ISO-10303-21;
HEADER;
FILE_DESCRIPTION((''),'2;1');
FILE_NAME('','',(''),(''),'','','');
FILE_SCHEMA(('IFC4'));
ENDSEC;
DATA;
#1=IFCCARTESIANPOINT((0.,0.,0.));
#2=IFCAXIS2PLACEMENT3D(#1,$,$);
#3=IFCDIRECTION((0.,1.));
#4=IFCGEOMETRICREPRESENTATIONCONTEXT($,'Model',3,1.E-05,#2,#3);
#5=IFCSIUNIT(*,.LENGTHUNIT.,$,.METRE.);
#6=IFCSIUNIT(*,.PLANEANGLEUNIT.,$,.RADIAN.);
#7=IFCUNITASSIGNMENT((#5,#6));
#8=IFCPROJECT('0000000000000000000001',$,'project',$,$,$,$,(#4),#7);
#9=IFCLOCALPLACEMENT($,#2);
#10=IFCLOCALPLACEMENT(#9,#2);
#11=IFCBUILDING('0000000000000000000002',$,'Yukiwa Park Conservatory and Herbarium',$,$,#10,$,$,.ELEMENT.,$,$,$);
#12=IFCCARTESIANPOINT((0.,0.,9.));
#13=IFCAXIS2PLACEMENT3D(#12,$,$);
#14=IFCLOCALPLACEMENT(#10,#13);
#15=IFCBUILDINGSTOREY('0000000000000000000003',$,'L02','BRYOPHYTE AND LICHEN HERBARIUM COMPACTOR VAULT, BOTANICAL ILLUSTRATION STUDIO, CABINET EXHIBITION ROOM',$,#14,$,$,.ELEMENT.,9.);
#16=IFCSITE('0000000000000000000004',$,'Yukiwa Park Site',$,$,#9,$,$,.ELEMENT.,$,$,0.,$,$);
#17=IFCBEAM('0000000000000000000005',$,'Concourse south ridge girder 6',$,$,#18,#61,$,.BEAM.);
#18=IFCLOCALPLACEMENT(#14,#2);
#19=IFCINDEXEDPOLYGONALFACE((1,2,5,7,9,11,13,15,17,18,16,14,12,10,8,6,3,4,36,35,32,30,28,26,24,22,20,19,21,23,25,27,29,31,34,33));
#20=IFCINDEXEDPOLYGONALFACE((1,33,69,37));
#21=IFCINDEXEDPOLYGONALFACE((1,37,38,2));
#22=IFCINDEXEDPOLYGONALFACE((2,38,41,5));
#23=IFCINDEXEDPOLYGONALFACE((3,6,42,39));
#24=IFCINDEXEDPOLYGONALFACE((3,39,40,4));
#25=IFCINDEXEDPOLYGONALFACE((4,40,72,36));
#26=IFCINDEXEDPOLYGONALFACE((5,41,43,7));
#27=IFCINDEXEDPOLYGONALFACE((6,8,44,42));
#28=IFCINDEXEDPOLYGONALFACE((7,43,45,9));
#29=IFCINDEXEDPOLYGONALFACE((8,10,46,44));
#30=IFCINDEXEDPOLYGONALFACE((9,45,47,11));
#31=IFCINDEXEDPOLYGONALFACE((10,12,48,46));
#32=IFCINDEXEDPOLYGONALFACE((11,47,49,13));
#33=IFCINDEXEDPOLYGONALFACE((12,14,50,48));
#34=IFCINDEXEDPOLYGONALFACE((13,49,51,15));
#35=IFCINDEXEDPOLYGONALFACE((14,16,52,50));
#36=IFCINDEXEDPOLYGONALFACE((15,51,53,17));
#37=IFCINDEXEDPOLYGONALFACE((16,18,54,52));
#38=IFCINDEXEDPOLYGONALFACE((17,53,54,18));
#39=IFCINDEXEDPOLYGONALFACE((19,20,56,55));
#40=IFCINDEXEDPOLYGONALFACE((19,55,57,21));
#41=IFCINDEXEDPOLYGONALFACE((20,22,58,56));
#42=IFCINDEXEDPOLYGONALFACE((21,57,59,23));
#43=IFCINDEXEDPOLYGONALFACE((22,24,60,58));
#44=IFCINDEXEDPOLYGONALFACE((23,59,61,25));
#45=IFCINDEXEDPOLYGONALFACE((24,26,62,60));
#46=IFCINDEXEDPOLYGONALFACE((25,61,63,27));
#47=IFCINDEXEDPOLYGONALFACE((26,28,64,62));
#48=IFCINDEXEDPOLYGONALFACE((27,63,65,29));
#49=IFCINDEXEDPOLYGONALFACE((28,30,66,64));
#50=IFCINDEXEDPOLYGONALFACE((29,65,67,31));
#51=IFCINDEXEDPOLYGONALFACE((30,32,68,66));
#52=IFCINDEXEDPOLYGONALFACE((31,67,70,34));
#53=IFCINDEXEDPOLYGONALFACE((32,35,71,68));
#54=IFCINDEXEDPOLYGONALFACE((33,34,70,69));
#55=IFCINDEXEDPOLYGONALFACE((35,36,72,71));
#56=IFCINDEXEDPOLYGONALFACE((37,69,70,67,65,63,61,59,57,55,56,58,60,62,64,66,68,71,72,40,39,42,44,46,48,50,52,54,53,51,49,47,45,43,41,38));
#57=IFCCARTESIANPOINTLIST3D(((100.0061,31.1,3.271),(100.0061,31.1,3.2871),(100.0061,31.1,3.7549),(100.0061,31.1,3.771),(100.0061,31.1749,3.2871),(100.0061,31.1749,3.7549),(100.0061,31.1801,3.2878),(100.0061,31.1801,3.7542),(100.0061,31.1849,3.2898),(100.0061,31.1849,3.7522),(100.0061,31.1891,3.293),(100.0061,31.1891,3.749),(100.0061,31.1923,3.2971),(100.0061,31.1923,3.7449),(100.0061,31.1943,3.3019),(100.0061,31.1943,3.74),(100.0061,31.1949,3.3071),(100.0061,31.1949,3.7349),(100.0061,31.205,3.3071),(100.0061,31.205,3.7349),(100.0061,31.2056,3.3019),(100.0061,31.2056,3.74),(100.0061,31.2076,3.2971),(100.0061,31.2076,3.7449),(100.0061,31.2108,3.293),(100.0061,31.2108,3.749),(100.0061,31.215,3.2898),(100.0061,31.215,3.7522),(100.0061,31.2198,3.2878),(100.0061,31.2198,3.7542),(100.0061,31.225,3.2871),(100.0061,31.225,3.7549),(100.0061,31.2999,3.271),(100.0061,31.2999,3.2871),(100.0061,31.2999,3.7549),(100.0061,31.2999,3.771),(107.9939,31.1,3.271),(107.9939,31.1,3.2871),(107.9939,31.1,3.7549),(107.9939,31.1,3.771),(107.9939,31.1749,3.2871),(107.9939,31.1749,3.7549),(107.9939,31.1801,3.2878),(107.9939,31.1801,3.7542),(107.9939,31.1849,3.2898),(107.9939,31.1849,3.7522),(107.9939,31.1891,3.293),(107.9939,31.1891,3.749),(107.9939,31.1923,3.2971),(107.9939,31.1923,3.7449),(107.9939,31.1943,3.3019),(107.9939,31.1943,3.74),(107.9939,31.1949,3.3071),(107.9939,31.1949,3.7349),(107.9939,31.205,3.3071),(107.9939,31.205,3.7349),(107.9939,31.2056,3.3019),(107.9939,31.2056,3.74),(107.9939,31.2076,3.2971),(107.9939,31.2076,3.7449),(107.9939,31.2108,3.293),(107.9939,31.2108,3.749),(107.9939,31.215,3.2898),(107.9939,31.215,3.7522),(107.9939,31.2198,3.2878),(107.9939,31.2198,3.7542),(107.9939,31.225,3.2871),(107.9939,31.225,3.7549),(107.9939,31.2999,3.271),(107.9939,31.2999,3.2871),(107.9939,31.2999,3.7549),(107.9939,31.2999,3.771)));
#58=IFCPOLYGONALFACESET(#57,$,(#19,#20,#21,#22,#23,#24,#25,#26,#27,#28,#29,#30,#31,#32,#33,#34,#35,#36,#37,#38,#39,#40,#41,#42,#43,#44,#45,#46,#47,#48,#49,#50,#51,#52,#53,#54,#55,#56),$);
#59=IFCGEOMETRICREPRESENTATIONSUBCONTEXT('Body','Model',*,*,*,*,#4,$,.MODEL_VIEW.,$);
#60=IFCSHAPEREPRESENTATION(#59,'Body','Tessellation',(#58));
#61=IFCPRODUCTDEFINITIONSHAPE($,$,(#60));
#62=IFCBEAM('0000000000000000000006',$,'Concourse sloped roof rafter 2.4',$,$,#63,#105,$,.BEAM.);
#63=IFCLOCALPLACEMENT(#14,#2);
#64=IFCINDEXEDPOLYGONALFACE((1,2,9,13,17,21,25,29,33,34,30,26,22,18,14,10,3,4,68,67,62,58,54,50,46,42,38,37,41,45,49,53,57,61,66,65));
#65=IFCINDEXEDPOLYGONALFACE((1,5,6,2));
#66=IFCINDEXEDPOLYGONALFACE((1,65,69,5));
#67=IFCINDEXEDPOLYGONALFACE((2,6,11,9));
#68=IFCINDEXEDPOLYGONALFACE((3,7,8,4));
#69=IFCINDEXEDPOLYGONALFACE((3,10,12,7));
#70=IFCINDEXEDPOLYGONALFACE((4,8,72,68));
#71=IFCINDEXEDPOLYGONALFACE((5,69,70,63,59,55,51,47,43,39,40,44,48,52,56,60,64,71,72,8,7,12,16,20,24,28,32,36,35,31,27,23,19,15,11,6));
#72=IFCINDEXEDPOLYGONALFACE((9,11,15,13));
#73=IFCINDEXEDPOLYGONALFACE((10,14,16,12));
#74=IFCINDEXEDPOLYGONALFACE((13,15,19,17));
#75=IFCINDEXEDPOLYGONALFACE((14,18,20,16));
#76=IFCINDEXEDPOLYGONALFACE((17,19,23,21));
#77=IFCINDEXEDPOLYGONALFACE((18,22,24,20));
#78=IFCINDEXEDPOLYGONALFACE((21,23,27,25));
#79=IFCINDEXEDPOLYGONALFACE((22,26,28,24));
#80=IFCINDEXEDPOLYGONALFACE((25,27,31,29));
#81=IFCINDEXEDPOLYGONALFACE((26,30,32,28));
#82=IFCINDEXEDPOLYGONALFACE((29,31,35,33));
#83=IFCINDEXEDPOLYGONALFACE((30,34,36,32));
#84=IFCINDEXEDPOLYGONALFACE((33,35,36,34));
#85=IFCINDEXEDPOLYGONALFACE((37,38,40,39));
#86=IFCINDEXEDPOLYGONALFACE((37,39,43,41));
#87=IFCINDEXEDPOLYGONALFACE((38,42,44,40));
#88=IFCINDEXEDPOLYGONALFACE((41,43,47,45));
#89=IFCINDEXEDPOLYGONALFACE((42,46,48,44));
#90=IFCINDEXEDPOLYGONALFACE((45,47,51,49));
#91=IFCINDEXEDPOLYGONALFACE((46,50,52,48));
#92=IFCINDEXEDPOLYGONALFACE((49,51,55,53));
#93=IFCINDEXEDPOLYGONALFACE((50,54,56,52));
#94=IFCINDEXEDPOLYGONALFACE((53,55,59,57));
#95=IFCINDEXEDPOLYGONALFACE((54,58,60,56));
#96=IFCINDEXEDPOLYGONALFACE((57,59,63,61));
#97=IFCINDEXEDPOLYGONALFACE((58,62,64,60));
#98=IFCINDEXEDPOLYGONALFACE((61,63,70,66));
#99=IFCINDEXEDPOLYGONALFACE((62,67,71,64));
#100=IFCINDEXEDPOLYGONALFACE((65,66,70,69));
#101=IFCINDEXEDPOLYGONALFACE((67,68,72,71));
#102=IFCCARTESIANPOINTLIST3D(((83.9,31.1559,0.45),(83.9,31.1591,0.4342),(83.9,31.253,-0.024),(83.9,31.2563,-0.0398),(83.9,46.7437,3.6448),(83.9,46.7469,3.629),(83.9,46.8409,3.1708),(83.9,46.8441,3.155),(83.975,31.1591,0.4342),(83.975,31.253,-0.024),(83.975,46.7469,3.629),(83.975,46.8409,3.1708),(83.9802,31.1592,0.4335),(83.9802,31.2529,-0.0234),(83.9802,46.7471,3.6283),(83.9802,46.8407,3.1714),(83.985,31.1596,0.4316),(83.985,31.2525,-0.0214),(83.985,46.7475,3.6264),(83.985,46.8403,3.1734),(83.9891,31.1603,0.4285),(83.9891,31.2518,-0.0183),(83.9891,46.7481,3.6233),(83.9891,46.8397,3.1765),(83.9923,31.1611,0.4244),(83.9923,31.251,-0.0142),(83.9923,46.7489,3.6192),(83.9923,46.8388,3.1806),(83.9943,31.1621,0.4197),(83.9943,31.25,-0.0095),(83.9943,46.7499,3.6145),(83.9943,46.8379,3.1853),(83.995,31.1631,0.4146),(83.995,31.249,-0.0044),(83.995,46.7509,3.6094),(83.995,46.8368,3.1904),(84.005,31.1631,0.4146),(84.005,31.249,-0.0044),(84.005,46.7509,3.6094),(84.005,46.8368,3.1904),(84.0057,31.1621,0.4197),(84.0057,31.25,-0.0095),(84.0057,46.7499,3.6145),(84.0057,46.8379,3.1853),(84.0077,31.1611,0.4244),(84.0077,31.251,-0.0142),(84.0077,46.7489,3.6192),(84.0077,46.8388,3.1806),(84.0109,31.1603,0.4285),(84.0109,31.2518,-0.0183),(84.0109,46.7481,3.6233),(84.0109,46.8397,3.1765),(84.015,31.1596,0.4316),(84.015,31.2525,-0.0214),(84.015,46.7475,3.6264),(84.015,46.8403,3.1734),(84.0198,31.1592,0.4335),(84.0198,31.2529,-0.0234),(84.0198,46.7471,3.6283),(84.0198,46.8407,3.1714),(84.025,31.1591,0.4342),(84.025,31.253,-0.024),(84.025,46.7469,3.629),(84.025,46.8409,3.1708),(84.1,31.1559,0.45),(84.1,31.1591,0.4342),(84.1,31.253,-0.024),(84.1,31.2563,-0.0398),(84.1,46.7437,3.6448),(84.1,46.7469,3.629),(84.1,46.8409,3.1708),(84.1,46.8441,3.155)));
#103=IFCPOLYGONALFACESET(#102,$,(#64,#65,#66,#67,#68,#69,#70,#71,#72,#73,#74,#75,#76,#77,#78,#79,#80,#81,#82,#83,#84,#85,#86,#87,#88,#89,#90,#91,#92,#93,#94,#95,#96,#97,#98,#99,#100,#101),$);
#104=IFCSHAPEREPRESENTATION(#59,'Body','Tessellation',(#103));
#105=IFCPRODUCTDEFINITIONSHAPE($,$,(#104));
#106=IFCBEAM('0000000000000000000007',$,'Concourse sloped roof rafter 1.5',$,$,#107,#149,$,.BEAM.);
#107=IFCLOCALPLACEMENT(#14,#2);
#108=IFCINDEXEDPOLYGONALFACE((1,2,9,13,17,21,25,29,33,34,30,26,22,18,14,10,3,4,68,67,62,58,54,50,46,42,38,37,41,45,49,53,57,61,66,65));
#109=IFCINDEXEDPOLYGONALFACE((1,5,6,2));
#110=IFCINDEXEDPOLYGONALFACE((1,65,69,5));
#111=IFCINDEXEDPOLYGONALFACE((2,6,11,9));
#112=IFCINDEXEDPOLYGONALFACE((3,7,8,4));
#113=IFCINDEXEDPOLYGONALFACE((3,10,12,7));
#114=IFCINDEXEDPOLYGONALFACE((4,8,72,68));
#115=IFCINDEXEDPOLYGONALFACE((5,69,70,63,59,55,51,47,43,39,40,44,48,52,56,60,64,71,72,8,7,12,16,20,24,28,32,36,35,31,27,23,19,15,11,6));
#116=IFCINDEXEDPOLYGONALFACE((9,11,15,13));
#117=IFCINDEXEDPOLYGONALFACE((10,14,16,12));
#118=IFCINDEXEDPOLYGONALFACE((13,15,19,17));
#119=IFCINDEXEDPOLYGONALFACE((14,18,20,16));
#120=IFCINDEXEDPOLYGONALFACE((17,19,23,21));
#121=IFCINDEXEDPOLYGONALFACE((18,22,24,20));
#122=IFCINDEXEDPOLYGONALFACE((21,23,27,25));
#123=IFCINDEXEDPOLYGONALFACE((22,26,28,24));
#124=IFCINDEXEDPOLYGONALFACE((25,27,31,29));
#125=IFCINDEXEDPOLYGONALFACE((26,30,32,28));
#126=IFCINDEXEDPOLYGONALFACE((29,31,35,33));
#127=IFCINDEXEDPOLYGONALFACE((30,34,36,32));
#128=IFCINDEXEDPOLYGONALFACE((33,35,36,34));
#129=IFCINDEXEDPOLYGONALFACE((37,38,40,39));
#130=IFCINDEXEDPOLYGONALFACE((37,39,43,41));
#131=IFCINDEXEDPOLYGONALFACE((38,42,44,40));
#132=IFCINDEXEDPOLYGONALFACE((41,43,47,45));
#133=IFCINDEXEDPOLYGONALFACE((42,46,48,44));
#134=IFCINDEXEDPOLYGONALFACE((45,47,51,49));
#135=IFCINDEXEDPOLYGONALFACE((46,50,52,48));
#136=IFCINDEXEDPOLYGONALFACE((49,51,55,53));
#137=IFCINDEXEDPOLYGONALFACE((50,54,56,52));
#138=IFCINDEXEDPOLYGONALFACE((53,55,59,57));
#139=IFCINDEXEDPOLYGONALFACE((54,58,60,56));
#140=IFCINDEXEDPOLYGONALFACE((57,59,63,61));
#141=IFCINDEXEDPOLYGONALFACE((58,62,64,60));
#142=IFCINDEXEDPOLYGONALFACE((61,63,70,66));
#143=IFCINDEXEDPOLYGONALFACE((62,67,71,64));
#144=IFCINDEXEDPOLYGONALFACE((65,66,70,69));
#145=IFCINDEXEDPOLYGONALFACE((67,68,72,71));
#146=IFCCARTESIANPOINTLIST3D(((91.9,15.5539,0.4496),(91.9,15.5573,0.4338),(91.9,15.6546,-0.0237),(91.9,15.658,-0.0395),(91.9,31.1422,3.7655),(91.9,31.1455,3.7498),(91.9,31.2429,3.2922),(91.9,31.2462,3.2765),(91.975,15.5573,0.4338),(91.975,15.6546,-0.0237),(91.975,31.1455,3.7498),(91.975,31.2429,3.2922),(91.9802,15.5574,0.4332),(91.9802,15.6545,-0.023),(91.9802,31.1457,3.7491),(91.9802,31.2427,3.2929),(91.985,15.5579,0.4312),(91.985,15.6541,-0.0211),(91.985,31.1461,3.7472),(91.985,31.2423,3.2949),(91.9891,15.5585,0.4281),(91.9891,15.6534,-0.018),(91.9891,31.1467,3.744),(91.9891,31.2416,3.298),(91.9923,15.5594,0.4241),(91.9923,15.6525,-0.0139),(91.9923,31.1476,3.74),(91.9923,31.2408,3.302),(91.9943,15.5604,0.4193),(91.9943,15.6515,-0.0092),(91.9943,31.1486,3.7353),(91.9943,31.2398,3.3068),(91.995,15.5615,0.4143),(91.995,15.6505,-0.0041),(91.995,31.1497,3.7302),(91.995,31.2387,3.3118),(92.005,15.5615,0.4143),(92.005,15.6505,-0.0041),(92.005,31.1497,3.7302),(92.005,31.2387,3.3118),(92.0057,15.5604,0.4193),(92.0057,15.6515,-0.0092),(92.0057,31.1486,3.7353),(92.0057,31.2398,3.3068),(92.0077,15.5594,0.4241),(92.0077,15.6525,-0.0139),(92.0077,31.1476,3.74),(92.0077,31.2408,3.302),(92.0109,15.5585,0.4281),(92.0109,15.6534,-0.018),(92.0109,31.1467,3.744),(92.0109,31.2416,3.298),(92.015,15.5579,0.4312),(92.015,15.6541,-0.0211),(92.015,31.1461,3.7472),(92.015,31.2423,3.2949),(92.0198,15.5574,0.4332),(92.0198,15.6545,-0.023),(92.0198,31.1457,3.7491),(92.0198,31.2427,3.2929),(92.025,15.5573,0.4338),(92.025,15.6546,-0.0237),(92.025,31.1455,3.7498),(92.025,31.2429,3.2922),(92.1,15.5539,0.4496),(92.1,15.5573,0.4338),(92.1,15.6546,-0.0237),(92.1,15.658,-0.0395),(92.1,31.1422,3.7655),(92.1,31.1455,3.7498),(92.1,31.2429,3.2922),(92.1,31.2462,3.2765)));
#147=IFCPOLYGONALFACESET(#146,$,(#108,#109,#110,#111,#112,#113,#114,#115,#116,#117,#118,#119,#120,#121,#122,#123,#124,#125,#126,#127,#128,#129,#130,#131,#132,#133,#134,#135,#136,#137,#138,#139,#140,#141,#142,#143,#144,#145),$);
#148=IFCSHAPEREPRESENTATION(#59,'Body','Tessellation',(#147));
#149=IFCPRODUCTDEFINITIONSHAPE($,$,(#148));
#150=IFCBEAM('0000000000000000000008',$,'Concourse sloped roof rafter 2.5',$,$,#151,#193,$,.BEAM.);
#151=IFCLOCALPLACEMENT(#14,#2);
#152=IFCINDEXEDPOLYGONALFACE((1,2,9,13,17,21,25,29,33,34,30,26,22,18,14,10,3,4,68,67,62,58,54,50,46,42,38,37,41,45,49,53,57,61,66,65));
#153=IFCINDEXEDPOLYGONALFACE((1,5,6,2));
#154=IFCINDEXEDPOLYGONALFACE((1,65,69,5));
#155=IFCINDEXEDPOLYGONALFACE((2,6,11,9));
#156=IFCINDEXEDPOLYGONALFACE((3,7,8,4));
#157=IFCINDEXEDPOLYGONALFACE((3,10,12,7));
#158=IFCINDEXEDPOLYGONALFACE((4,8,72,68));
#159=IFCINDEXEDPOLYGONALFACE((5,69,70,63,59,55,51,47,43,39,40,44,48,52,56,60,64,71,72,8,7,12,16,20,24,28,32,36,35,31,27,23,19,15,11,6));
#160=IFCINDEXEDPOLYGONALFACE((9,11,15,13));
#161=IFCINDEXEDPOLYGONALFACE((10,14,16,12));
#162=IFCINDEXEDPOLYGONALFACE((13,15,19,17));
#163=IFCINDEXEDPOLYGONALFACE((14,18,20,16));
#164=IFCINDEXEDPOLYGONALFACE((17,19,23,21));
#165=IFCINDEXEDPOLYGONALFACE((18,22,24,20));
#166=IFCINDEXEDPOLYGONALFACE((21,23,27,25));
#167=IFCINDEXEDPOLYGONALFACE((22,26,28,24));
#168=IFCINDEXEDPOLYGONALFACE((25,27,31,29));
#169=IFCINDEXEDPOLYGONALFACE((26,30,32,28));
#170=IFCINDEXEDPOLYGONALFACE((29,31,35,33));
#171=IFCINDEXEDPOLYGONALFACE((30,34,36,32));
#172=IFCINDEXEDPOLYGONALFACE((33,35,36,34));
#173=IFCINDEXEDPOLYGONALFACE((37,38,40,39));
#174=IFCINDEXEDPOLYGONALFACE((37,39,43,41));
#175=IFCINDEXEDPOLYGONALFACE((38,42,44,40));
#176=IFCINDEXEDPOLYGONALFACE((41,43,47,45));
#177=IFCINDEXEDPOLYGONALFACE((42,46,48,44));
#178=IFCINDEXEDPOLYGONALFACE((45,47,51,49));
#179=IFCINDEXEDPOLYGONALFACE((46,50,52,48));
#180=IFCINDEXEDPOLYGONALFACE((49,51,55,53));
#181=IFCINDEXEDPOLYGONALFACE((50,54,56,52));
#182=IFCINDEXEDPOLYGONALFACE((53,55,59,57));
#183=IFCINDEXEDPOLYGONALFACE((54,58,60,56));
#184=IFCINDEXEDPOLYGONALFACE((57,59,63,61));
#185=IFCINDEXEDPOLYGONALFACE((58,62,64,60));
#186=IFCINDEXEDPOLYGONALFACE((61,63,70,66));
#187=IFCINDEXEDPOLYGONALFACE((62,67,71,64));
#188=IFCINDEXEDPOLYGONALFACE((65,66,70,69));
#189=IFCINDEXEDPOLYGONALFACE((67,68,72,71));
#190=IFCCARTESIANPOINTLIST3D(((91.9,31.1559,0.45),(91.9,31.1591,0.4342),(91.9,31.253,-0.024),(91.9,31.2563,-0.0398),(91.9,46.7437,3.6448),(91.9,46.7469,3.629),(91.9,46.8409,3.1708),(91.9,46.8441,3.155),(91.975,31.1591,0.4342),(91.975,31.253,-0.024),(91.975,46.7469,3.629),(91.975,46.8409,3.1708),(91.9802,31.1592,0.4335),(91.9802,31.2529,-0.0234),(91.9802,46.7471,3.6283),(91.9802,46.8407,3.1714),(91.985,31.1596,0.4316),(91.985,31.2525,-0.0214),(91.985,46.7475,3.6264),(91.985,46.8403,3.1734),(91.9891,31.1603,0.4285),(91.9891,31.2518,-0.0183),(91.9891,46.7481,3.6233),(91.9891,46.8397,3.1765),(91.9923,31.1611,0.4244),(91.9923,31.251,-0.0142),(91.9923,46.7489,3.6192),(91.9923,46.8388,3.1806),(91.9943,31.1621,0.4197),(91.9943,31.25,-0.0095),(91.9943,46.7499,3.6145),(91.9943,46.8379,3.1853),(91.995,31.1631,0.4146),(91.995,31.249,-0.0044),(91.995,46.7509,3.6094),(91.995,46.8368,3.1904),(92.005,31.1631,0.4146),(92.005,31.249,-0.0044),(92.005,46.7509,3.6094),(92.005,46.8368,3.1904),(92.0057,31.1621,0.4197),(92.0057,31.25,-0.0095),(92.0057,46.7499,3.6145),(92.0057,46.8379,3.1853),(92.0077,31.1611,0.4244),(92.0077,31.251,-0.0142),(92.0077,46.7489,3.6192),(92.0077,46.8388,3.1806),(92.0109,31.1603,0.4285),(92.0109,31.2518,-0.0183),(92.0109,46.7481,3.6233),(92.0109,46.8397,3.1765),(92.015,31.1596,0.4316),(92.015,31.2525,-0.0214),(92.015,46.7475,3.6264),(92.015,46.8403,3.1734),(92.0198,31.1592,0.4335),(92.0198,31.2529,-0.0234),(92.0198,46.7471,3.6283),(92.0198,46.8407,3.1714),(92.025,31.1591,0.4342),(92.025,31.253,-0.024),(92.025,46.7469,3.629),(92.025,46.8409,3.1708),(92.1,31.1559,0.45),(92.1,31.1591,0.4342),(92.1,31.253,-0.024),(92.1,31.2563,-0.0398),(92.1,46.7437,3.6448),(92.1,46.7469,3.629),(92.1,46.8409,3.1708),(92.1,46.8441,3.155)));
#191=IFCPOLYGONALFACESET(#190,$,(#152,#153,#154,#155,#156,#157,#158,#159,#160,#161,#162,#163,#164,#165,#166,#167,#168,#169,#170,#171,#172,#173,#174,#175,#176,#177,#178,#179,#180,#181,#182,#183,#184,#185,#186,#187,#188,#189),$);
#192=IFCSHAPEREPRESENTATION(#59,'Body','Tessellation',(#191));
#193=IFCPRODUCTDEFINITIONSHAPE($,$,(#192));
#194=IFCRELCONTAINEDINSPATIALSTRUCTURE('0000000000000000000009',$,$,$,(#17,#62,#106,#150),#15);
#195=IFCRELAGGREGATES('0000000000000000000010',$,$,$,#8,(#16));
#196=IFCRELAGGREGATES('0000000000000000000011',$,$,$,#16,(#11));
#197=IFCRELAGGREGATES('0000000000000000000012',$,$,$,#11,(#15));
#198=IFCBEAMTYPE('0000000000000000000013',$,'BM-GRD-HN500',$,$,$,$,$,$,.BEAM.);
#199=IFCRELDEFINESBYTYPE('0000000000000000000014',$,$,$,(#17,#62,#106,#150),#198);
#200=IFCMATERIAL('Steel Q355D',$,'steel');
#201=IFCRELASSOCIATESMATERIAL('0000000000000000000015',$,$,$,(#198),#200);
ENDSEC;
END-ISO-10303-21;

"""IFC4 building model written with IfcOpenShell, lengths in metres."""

from ifc_helpers import new_model, si_unit, direction, frame, origin, origin_2d, place, context, subcontext, project, spatial, i_section, extrude, material, material_profile, profile_set, type_object, element, save


model = new_model("IFC4")

# Units and contexts
model_context = context("Model", 3, precision=1e-05, world=origin(), true_north=direction((0.0, 1.0)))
body_context = subcontext(model_context, "Body", "Model", "MODEL_VIEW")
ifc_project = project(units=[si_unit("LENGTHUNIT", "METRE"), si_unit("PLANEANGLEUNIT", "RADIAN")], contexts=[model_context])

# Site, building, storey
site_placement = place(None, origin())
site = spatial("IfcSite", under=ifc_project, at=site_placement, Name="Yukiwa Park Site", CompositionType="ELEMENT", RefElevation=0.0)
building_placement = place(site_placement, origin())
building = spatial("IfcBuilding", under=site, at=building_placement, Name="Yukiwa Park Conservatory and Herbarium", CompositionType="ELEMENT")
storey_placement = place(building_placement, frame((0.0, 0.0, 9.0)))
storey = spatial("IfcBuildingStorey", under=building, at=storey_placement, Name="L02", Description="BRYOPHYTE AND LICHEN HERBARIUM COMPACTOR VAULT, BOTANICAL ILLUSTRATION STUDIO, CABINET EXHIBITION ROOM", CompositionType="ELEMENT", Elevation=9.0)

# Beams
ifc_material_1 = material(Name="Steel Q355D", Category="steel")
ifc_material_profile_1 = material_profile(ifc_material_1, i_section(OverallWidth=0.2, OverallDepth=0.5, WebThickness=0.01, FlangeThickness=0.0161, FilletRadius=0.02, at=origin_2d()), Name="HN 500x200x10x16")
ifc_profile_set_1 = profile_set([ifc_material_profile_1], Name="Steel Q355D")
beam_type_1 = type_object("IfcBeamType", Name="BM-GRD-HN500", PredefinedType="BEAM", material=ifc_profile_set_1)
for number, where, z_axis, x_axis, name in (
    (1, (100.0061, 31.2, 3.521), (1.0, 0.0, 0.0), (0.0, 1.0, 0.0), "Concourse south ridge girder 6"),
):
    element("IfcBeam", number, at=place(storey_placement, frame(where, z_axis=z_axis, x_axis=x_axis)), inside=storey, type_object=beam_type_1, Name=name, PredefinedType="BEAM", context=body_context, shape_type="SweptSolid", body=[
        extrude(i_section(OverallWidth=0.2, OverallDepth=0.5, WebThickness=0.01, FlangeThickness=0.0161, FilletRadius=0.02, at=origin_2d()), origin(), (0.0, 0.0, 1.0), 7.9878),
    ])
beam_1_placement = place(storey_placement, frame((84.0, 31.2061, 0.2051), z_axis=(0.0, 0.979636, 0.200782), x_axis=(-1.0, 0.0, 0.0)))
element("IfcBeam", 2, at=beam_1_placement, inside=storey, type_object=beam_type_1, Name="Concourse sloped roof rafter 2.4", PredefinedType="BEAM", context=body_context, shape_type="SweptSolid", body=[
    extrude(i_section(OverallWidth=0.2, OverallDepth=0.5, WebThickness=0.01, FlangeThickness=0.0161, FilletRadius=0.02, at=origin_2d()), origin(), (0.0, 0.0, 1.0), 15.9119),
])
beam_2_placement = place(storey_placement, frame((92.0, 15.606, 0.2051), z_axis=(0.0, 0.978115, 0.208065), x_axis=(-1.0, 0.0, 0.0)))
element("IfcBeam", 3, at=beam_2_placement, inside=storey, type_object=beam_type_1, Name="Concourse sloped roof rafter 1.5", PredefinedType="BEAM", context=body_context, shape_type="SweptSolid", body=[
    extrude(i_section(OverallWidth=0.2, OverallDepth=0.5, WebThickness=0.01, FlangeThickness=0.0161, FilletRadius=0.02, at=origin_2d()), origin(), (0.0, 0.0, 1.0), 15.937),
])
beam_3_placement = place(storey_placement, frame((92.0, 31.2061, 0.2051), z_axis=(0.0, 0.979636, 0.200782), x_axis=(-1.0, 0.0, 0.0)))
element("IfcBeam", 4, at=beam_3_placement, inside=storey, type_object=beam_type_1, Name="Concourse sloped roof rafter 2.5", PredefinedType="BEAM", context=body_context, shape_type="SweptSolid", body=[
    extrude(i_section(OverallWidth=0.2, OverallDepth=0.5, WebThickness=0.01, FlangeThickness=0.0161, FilletRadius=0.02, at=origin_2d()), origin(), (0.0, 0.0, 1.0), 15.9119),
])

save(model, "model.ifc")
